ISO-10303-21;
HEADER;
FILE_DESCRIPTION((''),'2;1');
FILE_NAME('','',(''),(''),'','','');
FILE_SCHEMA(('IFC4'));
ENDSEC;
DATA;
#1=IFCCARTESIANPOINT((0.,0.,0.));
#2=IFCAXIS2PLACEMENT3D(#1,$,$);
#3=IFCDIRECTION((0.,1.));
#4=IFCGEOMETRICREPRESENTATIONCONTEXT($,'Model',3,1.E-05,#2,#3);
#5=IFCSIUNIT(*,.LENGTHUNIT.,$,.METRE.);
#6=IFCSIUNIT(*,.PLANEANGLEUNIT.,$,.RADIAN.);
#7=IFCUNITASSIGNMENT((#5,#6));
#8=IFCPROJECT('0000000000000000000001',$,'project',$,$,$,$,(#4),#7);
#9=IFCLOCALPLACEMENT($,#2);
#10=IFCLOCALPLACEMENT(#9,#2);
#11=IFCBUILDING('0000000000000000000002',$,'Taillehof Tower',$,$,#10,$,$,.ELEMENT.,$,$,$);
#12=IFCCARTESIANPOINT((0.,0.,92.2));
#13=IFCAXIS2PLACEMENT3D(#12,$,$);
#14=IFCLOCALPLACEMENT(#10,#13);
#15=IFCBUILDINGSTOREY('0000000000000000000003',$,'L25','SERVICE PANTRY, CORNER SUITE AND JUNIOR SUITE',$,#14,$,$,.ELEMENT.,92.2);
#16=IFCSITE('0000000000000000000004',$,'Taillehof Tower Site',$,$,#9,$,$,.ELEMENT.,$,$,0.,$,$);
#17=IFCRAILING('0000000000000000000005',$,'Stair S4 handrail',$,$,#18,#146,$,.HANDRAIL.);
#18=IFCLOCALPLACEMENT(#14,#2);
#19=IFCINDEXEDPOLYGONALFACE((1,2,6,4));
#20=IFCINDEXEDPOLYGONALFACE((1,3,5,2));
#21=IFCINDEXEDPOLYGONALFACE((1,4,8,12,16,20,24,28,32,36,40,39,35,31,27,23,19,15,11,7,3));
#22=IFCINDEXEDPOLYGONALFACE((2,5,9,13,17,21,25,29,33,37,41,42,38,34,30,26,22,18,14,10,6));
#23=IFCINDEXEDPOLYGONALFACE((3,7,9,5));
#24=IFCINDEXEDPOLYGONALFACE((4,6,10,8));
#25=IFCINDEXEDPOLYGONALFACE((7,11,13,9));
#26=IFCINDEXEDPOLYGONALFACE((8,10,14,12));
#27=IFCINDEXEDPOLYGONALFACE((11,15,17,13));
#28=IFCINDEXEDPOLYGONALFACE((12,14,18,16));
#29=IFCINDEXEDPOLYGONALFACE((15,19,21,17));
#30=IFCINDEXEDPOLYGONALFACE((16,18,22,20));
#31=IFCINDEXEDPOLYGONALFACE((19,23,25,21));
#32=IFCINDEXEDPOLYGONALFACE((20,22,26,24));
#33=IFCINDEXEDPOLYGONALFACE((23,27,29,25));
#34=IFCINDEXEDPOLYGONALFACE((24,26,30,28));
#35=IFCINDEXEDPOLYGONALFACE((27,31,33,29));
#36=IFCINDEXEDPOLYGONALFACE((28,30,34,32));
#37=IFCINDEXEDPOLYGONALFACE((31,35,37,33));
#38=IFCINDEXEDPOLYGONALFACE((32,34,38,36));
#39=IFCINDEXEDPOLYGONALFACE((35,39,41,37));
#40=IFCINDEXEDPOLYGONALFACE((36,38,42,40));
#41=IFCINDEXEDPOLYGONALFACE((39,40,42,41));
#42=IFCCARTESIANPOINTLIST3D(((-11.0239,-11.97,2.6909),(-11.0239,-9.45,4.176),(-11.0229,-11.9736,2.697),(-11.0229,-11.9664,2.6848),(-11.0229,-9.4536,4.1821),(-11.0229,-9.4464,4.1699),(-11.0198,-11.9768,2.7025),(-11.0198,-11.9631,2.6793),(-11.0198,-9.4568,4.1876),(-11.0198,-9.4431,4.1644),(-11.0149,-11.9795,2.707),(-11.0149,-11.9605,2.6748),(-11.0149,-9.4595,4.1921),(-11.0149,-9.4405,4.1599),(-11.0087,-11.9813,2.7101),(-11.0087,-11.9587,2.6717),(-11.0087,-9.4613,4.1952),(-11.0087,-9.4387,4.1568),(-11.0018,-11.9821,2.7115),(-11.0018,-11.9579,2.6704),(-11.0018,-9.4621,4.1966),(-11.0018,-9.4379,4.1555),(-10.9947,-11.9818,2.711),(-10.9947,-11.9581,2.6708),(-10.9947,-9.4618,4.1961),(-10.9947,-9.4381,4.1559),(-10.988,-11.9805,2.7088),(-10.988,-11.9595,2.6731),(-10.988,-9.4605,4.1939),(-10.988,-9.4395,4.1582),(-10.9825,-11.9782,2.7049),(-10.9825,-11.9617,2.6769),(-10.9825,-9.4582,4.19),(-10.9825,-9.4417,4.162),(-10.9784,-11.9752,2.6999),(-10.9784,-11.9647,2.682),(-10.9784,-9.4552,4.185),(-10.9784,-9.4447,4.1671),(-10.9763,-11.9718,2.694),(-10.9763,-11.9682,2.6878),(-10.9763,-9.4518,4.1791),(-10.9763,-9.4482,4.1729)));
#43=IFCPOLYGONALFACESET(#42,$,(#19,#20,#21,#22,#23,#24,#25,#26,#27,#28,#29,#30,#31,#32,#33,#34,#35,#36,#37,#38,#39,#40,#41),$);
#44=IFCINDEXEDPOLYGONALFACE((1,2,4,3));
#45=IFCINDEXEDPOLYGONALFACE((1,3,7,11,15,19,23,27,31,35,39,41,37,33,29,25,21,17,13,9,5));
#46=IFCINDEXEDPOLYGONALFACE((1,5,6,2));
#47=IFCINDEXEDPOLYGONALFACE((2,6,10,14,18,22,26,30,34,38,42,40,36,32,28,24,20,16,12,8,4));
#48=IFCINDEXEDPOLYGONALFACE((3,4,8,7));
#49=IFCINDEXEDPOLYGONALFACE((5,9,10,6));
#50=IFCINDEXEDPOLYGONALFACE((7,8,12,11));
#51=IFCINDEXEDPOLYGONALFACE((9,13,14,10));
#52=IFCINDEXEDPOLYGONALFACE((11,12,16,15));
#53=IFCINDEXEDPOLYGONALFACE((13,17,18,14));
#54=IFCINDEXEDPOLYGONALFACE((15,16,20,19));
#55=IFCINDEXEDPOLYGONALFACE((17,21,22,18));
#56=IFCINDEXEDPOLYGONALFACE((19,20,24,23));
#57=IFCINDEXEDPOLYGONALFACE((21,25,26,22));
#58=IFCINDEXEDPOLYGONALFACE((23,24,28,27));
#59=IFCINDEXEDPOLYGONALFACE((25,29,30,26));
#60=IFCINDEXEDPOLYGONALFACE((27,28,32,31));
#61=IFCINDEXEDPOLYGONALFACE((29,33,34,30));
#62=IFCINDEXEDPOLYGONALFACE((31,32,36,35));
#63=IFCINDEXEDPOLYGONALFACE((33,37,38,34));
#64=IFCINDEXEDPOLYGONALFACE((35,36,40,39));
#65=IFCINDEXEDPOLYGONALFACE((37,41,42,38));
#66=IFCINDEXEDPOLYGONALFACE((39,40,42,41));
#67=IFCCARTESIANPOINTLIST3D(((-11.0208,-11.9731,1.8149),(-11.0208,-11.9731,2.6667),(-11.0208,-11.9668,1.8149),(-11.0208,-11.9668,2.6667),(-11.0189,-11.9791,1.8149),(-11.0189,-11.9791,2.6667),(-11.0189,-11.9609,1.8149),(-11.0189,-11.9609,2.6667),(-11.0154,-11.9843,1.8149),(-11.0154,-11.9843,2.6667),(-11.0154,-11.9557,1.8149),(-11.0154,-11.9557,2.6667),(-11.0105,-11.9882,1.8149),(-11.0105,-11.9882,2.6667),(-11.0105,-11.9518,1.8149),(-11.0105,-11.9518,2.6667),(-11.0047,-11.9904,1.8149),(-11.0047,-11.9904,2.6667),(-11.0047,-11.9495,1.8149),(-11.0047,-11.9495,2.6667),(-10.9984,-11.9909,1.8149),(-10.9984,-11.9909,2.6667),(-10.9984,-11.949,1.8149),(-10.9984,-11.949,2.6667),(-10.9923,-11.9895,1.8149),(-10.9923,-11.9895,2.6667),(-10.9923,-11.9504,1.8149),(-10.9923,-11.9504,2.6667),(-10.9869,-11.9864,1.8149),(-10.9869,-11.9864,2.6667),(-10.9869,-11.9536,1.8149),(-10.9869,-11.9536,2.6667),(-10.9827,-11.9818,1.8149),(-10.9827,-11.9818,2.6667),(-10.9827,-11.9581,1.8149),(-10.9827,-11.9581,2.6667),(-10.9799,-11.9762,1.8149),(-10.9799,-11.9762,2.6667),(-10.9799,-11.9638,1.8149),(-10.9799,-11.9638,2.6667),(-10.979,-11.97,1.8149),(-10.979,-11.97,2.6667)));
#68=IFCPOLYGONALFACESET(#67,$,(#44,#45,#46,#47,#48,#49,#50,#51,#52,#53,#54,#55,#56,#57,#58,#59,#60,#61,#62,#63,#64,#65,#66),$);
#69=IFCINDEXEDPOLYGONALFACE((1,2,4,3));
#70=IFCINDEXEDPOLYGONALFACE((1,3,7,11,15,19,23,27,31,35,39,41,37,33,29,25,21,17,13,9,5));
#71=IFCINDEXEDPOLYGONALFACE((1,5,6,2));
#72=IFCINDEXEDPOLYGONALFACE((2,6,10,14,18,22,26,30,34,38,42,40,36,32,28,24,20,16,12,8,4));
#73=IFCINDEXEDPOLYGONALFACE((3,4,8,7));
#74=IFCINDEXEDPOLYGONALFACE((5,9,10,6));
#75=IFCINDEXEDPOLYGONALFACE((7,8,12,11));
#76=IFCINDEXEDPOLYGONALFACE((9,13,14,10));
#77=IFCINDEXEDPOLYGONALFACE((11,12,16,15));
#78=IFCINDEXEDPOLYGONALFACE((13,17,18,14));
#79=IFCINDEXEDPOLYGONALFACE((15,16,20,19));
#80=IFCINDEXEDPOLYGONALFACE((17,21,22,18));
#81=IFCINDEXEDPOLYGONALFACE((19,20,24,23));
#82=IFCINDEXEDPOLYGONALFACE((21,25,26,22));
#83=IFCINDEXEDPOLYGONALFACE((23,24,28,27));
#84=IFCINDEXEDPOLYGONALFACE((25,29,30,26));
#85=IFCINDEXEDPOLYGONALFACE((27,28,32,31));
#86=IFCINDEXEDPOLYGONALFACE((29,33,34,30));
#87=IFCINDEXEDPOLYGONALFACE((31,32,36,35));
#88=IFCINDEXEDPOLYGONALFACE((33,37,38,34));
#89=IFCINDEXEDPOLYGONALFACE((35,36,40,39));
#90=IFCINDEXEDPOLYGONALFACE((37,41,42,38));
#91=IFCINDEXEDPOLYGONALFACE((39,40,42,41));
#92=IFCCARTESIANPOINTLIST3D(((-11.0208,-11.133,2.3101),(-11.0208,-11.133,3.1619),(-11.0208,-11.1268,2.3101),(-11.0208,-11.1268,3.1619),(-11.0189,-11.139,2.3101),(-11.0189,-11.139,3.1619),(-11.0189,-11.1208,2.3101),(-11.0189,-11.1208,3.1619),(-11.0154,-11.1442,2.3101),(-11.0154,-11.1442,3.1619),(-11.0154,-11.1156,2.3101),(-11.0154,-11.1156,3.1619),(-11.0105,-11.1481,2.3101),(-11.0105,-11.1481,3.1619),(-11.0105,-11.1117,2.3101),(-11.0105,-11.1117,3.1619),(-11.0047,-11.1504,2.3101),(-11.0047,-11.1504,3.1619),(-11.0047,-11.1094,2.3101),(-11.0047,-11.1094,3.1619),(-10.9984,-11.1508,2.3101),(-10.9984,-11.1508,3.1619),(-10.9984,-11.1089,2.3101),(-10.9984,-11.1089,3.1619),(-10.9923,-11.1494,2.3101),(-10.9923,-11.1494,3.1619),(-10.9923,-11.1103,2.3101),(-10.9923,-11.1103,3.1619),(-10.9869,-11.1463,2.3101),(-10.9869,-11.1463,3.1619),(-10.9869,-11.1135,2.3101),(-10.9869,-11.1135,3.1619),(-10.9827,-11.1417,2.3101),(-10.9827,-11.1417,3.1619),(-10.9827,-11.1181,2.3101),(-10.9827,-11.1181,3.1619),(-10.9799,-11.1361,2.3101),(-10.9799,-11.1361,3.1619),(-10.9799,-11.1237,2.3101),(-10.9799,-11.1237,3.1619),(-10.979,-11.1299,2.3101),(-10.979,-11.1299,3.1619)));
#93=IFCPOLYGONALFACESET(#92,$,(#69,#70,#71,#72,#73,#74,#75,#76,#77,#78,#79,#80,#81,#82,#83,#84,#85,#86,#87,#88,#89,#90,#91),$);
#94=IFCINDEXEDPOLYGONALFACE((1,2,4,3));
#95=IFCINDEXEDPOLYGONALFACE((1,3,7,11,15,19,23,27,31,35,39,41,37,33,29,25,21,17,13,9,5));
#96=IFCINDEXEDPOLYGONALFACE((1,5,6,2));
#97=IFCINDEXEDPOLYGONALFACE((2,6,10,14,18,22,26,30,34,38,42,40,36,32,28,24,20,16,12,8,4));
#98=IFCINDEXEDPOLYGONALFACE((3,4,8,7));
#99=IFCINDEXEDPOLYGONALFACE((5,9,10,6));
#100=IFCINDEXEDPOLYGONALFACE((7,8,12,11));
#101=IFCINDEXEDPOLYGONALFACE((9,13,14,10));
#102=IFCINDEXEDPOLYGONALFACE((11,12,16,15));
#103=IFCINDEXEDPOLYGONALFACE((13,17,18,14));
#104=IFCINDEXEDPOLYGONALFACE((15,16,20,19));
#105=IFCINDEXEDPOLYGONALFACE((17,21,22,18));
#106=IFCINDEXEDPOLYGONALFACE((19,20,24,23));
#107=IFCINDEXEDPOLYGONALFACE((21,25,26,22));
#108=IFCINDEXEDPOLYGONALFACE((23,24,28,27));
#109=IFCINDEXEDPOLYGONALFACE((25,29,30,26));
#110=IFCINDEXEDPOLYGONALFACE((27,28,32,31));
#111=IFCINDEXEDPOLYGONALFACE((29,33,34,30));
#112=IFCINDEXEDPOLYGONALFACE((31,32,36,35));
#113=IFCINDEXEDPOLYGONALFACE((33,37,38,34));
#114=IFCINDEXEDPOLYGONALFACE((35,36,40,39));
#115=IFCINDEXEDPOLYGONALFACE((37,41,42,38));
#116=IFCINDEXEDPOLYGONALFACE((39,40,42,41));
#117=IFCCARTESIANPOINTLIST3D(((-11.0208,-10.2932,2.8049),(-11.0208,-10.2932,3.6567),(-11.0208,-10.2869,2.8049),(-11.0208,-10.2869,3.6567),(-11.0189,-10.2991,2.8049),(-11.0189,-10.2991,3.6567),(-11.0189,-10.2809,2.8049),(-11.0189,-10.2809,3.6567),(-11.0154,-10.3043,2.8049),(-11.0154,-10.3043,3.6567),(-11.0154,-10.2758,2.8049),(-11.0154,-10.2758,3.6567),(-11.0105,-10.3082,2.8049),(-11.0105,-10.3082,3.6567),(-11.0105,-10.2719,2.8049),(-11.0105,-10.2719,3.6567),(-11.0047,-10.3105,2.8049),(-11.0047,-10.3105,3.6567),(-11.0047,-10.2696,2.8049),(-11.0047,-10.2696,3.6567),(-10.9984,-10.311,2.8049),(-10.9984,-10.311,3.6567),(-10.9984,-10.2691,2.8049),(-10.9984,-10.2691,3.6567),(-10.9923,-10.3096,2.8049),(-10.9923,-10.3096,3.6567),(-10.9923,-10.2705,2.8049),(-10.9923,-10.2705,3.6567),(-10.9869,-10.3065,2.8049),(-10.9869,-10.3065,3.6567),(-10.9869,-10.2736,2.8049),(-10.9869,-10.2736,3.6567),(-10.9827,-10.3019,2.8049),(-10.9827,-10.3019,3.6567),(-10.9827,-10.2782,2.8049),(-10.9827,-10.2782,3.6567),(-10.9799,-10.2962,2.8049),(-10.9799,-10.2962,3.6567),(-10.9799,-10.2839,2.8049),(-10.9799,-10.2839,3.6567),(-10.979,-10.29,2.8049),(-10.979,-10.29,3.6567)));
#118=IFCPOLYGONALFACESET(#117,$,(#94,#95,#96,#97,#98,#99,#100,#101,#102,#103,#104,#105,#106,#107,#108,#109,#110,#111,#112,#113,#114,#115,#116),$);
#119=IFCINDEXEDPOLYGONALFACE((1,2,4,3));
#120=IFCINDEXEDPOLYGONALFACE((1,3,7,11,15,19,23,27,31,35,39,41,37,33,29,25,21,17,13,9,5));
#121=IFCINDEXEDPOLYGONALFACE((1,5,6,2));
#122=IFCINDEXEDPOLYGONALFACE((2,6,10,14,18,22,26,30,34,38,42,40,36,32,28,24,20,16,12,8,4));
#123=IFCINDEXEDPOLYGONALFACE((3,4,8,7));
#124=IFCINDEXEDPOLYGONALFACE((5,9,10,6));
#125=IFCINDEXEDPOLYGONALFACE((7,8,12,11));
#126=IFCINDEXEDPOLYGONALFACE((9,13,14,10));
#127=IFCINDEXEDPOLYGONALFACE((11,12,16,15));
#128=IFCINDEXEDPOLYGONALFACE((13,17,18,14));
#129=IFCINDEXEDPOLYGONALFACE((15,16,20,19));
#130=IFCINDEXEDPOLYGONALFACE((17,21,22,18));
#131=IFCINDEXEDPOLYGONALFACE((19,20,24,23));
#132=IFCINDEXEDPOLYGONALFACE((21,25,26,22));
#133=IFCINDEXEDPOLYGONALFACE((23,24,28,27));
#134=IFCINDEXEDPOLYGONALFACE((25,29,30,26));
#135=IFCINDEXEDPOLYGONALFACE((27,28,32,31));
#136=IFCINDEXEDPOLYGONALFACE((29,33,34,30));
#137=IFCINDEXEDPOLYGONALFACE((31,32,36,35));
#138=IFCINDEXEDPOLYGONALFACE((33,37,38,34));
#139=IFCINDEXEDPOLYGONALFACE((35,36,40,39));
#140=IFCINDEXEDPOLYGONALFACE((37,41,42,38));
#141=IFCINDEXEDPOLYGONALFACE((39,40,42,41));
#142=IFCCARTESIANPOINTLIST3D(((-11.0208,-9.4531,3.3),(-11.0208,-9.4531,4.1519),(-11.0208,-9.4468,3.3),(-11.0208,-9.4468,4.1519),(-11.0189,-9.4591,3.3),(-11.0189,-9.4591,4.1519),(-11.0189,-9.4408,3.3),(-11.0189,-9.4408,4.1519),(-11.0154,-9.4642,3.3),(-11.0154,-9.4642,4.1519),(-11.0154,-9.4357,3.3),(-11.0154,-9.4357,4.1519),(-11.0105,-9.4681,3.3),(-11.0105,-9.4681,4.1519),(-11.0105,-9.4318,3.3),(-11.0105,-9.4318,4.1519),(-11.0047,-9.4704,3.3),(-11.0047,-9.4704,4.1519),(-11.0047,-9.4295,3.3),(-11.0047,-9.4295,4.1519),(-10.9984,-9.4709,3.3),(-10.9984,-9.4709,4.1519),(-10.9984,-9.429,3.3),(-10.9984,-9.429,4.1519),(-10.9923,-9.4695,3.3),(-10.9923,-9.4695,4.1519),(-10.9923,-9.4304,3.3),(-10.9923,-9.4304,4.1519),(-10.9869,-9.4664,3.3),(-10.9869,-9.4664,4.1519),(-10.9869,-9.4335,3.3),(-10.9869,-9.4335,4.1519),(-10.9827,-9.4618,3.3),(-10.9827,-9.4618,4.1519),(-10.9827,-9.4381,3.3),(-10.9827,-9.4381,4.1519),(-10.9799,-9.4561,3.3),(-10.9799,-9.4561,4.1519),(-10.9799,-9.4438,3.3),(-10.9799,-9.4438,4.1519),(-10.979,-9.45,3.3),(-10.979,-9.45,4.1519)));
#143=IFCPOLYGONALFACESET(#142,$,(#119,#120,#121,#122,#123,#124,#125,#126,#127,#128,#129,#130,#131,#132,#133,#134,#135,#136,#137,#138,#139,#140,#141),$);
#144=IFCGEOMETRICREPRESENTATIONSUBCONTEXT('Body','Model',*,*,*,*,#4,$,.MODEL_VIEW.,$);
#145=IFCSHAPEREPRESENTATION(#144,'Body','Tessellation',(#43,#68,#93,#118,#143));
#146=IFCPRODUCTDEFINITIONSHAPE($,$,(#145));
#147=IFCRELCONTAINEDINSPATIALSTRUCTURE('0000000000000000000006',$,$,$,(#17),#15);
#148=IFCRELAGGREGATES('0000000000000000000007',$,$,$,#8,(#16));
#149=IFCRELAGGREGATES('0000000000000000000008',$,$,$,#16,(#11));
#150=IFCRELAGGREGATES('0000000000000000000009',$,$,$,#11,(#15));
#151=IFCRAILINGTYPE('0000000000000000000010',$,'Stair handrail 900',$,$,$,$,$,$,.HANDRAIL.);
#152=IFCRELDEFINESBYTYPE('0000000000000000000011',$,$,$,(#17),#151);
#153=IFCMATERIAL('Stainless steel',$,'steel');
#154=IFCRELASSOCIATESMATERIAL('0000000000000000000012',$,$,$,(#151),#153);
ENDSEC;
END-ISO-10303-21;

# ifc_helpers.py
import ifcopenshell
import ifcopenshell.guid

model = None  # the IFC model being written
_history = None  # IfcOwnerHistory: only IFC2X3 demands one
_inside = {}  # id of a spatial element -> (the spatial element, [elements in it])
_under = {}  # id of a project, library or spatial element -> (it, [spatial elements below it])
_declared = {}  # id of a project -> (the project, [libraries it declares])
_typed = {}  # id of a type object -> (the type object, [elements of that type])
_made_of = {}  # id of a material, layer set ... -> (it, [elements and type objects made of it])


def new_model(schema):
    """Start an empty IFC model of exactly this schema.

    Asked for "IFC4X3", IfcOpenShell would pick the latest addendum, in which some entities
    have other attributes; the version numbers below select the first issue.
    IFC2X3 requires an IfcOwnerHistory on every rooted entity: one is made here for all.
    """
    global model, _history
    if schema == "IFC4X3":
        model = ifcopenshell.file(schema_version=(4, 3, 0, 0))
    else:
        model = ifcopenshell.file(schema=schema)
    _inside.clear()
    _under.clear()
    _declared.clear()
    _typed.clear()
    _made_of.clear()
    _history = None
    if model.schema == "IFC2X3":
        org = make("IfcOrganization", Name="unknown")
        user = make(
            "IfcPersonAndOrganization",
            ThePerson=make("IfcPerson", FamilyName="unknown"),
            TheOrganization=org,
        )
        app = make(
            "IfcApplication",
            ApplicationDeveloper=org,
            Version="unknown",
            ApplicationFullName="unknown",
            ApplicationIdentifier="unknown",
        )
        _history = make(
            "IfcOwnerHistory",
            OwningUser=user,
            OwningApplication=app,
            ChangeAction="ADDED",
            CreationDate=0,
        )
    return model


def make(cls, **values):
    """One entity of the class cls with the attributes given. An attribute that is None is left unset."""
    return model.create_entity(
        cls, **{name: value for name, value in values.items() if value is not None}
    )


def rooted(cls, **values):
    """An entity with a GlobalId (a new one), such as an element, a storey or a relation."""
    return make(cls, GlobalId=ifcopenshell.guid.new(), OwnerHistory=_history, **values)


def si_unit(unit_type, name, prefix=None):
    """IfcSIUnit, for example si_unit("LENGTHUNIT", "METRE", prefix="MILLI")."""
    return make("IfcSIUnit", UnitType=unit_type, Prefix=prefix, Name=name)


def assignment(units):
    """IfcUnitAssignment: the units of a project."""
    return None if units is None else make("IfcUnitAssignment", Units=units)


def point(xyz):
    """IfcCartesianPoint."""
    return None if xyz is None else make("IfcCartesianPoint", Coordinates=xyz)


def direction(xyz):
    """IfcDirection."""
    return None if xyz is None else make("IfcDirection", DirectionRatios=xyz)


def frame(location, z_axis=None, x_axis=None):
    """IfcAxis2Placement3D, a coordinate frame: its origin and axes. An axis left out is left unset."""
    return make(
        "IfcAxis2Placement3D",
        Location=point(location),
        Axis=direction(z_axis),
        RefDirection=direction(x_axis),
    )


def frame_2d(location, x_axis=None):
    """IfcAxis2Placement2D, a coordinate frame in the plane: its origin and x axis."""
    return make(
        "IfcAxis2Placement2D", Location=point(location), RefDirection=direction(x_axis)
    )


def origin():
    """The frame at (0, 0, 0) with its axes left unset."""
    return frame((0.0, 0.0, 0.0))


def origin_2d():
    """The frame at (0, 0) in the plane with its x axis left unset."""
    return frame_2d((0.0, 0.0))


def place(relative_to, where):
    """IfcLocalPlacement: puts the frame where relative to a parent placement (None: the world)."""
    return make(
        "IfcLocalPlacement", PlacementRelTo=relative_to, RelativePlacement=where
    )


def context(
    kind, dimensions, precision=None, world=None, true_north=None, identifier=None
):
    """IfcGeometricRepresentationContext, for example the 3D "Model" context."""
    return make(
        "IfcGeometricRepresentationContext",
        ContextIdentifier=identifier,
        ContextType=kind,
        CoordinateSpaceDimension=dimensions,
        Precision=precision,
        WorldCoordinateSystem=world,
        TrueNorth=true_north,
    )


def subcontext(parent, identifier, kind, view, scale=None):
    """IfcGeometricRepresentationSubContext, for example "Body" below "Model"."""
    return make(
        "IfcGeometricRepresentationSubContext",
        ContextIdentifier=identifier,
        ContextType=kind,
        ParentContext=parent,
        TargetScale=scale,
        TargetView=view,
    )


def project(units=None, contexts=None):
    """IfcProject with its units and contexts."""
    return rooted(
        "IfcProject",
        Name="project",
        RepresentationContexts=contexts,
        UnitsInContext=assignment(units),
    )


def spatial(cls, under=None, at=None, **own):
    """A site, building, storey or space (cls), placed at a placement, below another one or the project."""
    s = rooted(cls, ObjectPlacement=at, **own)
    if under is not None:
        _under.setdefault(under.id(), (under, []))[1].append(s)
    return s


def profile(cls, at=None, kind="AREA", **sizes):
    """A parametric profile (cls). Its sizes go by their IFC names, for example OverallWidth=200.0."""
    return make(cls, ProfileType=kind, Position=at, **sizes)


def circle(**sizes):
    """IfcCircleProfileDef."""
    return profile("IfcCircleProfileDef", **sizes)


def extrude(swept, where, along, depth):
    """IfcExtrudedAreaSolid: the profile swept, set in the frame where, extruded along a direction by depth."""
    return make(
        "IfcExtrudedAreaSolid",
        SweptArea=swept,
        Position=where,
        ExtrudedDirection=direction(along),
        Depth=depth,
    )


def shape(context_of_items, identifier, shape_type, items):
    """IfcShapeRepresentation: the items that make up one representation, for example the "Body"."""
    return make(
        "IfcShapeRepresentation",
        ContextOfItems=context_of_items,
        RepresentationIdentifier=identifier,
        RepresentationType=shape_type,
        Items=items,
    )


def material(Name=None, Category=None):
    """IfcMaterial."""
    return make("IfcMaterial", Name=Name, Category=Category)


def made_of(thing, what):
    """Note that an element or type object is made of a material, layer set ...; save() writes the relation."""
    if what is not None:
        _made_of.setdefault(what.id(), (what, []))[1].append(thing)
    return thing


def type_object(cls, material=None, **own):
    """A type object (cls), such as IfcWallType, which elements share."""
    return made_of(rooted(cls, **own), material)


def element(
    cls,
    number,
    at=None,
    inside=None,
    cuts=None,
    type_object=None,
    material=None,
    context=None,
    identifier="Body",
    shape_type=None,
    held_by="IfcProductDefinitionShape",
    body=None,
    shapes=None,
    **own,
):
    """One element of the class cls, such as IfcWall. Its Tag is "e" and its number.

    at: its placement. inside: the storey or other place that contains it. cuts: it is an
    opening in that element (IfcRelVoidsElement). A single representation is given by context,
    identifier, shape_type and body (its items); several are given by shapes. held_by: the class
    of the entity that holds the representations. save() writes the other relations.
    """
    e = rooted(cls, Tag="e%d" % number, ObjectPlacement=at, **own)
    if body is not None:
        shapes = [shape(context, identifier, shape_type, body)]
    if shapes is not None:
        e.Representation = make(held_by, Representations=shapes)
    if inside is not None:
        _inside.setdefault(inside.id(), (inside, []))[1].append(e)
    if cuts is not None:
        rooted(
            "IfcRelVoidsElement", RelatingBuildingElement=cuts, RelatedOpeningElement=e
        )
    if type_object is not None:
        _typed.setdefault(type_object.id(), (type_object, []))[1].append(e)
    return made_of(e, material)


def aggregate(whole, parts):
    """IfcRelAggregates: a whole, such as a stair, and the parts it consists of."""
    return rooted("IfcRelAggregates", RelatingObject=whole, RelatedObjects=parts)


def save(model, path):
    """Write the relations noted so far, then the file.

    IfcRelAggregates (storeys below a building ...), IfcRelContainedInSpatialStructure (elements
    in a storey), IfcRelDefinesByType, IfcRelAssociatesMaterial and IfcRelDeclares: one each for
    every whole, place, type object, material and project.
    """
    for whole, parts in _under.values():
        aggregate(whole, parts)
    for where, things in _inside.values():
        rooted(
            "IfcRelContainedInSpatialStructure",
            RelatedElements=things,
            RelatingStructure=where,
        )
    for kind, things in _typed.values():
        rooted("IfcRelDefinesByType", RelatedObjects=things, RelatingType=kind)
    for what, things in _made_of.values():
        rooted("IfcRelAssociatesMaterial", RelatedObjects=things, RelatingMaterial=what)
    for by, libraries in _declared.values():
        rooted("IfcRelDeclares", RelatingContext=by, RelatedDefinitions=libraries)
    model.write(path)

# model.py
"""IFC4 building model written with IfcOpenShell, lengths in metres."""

from ifc_helpers import new_model, si_unit, direction, frame, origin, origin_2d, place, context, subcontext, project, spatial, circle, extrude, material, type_object, element, save


model = new_model("IFC4")

# Units and contexts
model_context = context("Model", 3, precision=1e-05, world=origin(), true_north=direction((0.0, 1.0)))
body_context = subcontext(model_context, "Body", "Model", "MODEL_VIEW")
ifc_project = project(units=[si_unit("LENGTHUNIT", "METRE"), si_unit("PLANEANGLEUNIT", "RADIAN")], contexts=[model_context])

# Site, building, storey
site_placement = place(None, origin())
site = spatial("IfcSite", under=ifc_project, at=site_placement, Name="Taillehof Tower Site", CompositionType="ELEMENT", RefElevation=0.0)
building_placement = place(site_placement, origin())
building = spatial("IfcBuilding", under=site, at=building_placement, Name="Taillehof Tower", CompositionType="ELEMENT")
storey_placement = place(building_placement, frame((0.0, 0.0, 92.2)))
storey = spatial("IfcBuildingStorey", under=building, at=storey_placement, Name="L25", Description="SERVICE PANTRY, CORNER SUITE AND JUNIOR SUITE", CompositionType="ELEMENT", Elevation=92.2)

# Railing
ifc_material_1 = material(Name="Stainless steel", Category="steel")
railing_type = type_object("IfcRailingType", Name="Stair handrail 900", PredefinedType="HANDRAIL", material=ifc_material_1)
railing_placement = place(storey_placement, frame((-11.0, -11.97, 1.8149)))
element("IfcRailing", 1, at=railing_placement, inside=storey, type_object=railing_type, Name="Stair S4 handrail", PredefinedType="HANDRAIL", context=body_context, shape_type="SweptSolid", body=[
    extrude(circle(Radius=0.0239, at=origin_2d()), frame((0.0, 0.0, 0.876), z_axis=(0.0, 0.861524, 0.507717), x_axis=(-1.0, 0.0, 0.0)), (0.0, 0.0, 1.0), 2.925),
    extrude(circle(Radius=0.021, at=origin_2d()), origin(), (0.0, 0.0, 1.0), 0.8518),
    extrude(circle(Radius=0.021, at=origin_2d()), frame((0.0, 0.8401, 0.4951)), (0.0, 0.0, 1.0), 0.8518),
    extrude(circle(Radius=0.021, at=origin_2d()), frame((0.0, 1.6799, 0.99)), (0.0, 0.0, 1.0), 0.8518),
    extrude(circle(Radius=0.021, at=origin_2d()), frame((0.0, 2.52, 1.4851)), (0.0, 0.0, 1.0), 0.8518),
])

save(model, "model.ifc")
